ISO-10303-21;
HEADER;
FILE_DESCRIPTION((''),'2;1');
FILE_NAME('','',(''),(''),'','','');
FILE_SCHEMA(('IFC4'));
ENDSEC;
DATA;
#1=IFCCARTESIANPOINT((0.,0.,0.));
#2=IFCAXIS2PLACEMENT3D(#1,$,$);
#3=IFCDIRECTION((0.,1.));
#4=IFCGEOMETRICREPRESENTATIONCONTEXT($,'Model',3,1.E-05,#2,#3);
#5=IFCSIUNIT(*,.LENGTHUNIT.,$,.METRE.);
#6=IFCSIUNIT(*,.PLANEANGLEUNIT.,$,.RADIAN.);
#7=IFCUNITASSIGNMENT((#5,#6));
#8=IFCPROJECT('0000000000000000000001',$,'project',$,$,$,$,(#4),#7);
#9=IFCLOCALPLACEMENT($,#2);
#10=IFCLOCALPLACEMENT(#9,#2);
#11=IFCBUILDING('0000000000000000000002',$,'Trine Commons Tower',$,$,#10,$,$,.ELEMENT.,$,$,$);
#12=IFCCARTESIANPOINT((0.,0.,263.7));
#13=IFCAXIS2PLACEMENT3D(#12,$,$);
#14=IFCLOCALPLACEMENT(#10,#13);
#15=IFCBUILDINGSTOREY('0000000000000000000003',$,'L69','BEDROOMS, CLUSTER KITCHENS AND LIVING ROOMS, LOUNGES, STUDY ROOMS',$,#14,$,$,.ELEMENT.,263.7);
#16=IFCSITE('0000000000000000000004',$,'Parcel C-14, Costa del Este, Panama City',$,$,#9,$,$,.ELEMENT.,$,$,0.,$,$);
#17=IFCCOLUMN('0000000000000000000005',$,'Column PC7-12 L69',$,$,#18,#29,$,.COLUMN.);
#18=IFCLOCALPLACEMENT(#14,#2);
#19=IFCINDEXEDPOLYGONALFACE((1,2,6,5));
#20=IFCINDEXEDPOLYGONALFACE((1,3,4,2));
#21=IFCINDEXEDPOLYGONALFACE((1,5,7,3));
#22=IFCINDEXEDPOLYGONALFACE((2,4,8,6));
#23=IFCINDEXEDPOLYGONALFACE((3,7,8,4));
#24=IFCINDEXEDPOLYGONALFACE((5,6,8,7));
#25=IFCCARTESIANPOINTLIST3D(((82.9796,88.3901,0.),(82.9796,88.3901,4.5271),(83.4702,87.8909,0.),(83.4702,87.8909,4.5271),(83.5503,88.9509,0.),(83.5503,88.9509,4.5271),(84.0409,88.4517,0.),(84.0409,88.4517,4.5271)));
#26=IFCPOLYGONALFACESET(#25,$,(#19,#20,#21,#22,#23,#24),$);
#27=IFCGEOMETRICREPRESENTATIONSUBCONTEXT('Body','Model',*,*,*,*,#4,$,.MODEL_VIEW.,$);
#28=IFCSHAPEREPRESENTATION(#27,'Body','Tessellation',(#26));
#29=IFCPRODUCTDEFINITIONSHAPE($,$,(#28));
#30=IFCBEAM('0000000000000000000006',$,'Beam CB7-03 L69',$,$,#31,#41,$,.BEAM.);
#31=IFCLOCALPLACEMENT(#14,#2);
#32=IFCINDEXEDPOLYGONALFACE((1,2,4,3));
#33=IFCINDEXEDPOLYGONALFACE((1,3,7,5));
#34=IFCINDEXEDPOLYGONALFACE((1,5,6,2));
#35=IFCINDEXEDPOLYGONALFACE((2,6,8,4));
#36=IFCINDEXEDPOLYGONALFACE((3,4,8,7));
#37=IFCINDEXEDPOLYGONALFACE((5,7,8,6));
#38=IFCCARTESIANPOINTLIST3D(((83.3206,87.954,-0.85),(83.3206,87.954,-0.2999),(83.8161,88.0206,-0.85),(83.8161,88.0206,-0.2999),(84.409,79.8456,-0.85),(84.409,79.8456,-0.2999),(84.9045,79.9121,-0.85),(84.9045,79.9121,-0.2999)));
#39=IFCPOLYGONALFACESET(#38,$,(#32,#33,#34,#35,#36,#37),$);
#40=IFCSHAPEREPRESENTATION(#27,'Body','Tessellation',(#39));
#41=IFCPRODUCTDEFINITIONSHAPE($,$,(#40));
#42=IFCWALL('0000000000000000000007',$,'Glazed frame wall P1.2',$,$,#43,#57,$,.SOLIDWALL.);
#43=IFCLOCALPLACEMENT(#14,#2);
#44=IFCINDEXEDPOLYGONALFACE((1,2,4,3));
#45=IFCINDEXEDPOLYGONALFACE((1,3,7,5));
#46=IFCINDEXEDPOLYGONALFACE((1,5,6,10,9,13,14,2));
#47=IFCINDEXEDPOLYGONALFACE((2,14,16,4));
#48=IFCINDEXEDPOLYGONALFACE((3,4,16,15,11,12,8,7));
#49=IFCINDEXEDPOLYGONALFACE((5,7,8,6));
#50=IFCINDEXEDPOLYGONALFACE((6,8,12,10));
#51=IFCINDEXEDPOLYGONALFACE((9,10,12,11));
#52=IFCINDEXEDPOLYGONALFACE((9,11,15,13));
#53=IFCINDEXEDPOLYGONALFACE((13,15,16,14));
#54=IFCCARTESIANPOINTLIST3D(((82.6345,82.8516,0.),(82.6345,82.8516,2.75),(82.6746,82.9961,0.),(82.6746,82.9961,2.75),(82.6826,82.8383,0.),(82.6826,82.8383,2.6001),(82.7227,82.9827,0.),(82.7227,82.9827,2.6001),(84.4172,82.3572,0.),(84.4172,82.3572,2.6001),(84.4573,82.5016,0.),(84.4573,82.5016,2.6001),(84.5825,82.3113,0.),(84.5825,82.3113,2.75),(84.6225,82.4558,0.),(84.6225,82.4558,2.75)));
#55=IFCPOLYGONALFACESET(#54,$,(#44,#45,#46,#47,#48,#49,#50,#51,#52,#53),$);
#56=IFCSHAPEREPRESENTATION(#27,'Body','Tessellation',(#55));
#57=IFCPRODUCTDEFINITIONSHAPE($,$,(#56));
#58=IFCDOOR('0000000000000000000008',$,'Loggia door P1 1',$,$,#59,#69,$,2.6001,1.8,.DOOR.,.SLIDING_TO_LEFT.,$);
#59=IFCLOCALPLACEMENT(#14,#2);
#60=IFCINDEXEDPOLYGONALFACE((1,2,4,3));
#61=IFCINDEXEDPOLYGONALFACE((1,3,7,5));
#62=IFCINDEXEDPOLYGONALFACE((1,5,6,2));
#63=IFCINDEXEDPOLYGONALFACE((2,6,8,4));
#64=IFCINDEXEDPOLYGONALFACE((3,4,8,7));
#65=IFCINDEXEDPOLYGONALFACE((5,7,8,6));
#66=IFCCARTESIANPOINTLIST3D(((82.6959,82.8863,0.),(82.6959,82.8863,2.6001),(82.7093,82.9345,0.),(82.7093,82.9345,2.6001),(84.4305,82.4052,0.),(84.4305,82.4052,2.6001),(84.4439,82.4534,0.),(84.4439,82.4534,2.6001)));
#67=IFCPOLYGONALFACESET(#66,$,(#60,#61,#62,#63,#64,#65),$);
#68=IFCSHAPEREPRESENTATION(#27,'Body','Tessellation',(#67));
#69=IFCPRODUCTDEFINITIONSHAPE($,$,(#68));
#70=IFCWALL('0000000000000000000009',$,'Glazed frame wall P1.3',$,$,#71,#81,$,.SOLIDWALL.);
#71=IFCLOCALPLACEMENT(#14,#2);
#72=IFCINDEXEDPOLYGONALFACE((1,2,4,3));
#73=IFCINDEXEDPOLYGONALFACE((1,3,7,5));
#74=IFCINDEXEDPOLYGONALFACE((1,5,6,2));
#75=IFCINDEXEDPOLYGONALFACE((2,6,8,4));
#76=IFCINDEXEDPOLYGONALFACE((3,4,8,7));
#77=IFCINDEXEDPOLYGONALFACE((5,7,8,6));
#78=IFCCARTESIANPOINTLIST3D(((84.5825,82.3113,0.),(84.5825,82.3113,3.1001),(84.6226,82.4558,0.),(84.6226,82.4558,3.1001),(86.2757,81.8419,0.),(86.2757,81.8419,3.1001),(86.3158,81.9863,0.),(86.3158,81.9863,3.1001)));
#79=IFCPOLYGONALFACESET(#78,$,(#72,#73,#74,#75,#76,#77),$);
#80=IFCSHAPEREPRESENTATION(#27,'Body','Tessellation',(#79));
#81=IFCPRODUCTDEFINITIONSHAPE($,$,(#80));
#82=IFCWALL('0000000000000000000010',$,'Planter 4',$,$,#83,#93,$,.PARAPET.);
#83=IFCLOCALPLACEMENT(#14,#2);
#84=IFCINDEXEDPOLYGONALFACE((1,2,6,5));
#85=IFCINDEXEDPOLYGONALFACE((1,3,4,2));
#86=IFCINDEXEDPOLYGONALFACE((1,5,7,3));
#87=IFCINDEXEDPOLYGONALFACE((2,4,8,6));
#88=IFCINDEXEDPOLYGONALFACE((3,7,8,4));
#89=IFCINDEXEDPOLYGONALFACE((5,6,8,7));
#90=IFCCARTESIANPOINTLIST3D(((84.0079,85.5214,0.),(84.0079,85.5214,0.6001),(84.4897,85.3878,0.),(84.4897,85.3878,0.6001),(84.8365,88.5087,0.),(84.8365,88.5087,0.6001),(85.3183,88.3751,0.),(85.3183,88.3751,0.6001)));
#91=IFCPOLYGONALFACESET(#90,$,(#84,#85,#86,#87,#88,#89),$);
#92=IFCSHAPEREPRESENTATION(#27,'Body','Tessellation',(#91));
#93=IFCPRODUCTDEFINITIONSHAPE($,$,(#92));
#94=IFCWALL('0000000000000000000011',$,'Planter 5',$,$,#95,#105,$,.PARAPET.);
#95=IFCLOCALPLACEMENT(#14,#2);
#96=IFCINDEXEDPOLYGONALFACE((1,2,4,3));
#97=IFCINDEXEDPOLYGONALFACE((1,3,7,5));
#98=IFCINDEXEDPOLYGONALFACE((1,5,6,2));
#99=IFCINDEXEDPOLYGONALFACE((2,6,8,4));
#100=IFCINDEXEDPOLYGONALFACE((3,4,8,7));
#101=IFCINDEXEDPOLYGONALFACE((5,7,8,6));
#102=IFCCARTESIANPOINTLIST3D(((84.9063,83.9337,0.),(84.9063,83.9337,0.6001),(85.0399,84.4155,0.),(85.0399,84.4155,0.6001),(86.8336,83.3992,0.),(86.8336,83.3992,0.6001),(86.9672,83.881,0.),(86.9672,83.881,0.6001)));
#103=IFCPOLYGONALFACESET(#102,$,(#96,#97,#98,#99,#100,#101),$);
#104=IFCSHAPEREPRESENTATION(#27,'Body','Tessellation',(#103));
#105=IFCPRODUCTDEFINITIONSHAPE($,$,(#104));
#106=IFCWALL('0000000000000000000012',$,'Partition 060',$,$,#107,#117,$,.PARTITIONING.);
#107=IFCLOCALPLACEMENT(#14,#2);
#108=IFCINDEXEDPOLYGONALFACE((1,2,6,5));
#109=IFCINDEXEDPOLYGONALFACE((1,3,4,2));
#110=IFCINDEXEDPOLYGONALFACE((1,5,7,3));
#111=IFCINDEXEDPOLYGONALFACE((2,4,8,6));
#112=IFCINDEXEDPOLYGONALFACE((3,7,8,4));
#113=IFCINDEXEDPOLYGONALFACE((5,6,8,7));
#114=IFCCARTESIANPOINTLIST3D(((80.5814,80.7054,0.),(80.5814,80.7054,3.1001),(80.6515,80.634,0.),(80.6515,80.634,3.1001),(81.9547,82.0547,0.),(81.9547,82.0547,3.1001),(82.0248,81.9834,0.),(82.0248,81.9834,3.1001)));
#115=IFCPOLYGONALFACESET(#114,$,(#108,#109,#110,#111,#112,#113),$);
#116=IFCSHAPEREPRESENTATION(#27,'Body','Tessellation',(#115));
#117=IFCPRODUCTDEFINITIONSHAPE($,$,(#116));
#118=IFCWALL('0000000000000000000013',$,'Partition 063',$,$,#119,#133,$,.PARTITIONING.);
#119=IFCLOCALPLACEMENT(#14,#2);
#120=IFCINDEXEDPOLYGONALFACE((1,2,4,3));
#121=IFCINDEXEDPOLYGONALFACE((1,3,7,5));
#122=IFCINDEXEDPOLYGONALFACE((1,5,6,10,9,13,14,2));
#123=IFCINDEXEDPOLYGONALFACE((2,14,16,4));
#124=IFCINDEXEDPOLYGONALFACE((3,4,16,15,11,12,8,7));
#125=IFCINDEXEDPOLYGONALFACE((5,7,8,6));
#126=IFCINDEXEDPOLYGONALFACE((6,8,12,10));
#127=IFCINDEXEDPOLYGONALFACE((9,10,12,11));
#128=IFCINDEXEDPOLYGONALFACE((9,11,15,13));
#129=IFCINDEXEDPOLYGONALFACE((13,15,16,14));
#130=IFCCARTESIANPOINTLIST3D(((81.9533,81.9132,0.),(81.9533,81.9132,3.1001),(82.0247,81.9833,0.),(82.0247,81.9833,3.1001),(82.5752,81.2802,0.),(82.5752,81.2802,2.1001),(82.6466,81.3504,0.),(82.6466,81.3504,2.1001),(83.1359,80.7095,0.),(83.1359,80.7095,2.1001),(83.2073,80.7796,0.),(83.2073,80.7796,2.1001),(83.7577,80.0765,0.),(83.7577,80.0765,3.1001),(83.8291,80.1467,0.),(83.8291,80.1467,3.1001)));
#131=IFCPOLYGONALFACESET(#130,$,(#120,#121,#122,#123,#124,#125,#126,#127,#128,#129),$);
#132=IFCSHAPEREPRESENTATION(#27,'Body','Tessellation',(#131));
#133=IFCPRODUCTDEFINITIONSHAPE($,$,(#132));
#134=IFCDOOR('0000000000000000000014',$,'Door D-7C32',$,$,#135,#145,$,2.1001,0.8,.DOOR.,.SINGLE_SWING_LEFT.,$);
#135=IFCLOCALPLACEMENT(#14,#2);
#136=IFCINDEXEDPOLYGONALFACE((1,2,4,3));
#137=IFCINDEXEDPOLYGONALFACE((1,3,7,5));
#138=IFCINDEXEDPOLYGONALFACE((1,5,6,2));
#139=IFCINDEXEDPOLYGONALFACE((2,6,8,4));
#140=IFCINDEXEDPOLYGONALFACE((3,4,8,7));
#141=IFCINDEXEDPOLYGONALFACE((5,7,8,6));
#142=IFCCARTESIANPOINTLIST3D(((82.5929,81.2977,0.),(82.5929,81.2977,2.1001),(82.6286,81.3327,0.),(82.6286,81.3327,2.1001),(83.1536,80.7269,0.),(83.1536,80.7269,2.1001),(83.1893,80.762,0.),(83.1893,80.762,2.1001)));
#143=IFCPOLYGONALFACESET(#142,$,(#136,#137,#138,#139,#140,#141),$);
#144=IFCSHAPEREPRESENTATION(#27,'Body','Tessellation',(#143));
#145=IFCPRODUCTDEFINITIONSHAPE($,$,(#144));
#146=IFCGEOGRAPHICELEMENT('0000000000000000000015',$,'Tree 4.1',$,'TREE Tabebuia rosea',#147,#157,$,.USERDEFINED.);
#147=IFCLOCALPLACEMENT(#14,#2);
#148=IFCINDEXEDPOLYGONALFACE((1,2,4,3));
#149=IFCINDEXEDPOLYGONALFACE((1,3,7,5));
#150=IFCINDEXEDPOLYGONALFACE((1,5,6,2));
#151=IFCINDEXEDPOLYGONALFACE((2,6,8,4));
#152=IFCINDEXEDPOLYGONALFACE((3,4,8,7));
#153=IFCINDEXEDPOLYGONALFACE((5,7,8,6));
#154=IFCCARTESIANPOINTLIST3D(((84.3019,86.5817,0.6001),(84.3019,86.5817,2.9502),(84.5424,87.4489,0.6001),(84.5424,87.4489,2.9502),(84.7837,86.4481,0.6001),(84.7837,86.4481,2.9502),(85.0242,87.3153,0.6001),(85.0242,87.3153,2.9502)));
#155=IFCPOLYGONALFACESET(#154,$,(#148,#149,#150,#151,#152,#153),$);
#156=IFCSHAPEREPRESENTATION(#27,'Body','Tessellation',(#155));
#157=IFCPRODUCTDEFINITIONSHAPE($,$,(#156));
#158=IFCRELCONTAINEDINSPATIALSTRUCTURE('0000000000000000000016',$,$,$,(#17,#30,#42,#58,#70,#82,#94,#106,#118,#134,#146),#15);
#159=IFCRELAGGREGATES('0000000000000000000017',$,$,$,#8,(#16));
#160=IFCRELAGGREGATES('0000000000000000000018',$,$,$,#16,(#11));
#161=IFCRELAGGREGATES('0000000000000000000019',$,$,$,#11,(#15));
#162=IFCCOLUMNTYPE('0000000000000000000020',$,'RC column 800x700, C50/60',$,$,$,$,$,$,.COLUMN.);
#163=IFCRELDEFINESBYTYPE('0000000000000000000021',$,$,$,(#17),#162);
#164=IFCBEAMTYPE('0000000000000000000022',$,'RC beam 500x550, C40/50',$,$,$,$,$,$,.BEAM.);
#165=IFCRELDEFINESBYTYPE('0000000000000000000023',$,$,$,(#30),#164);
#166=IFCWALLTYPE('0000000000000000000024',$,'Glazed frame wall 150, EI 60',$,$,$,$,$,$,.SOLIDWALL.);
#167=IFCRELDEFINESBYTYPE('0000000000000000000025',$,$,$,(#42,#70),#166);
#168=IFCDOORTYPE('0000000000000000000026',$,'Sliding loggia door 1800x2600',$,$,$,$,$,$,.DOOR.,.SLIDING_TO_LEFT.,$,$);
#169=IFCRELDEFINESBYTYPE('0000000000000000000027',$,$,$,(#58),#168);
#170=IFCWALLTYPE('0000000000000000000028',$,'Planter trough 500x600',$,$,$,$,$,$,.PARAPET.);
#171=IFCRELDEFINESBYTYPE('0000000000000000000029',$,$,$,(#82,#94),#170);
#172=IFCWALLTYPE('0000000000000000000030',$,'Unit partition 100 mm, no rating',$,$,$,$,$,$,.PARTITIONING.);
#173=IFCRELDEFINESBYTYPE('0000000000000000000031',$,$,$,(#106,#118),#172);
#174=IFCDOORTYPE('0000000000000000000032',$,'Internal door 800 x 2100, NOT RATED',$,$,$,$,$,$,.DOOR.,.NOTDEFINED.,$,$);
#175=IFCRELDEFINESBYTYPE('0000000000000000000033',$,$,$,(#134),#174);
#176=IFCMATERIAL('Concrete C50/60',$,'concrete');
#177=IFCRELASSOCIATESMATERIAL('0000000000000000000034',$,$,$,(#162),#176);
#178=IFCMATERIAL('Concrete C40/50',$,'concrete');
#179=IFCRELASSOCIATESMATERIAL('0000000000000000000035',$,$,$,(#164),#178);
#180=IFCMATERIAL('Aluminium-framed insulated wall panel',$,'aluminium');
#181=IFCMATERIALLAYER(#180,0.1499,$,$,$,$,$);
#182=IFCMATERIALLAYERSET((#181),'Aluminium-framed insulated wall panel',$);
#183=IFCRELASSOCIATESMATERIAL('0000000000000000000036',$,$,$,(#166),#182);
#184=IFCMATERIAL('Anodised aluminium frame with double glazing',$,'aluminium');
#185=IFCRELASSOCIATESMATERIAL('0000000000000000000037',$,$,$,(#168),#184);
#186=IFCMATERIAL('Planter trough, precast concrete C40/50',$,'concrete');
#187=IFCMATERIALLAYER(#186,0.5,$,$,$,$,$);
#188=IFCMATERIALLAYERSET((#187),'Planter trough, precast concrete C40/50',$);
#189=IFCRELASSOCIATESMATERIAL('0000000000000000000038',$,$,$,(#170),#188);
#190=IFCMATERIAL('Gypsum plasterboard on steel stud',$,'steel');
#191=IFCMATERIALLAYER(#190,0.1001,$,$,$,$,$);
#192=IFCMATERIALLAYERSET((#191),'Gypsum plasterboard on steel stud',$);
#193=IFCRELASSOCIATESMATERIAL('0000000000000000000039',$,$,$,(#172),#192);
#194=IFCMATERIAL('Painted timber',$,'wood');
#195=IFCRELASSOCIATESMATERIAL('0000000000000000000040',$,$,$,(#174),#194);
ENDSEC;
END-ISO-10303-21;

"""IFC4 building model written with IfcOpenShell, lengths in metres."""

from ifc_helpers import new_model, si_unit, direction, frame, frame_2d, origin, origin_2d, place, context, subcontext, project, spatial, polyline, rectangle, outline, extrude, material, layer, layer_set, material_profile, profile_set, type_object, element, fill, save


model = new_model("IFC4")

# Units and contexts
model_context = context("Model", 3, precision=1e-05, world=origin(), true_north=direction((0.0, 1.0)))
body_context = subcontext(model_context, "Body", "Model", "MODEL_VIEW")
ifc_project = project(units=[si_unit("LENGTHUNIT", "METRE"), si_unit("PLANEANGLEUNIT", "RADIAN")], contexts=[model_context])

# Site, building, storey
site_placement = place(None, origin())
site = spatial("IfcSite", under=ifc_project, at=site_placement, Name="Parcel C-14, Costa del Este, Panama City", CompositionType="ELEMENT", RefElevation=0.0)
building_placement = place(site_placement, origin())
building = spatial("IfcBuilding", under=site, at=building_placement, Name="Trine Commons Tower", CompositionType="ELEMENT")
storey_placement = place(building_placement, frame((0.0, 0.0, 263.7)))
storey = spatial("IfcBuildingStorey", under=building, at=storey_placement, Name="L69", Description="BEDROOMS, CLUSTER KITCHENS AND LIVING ROOMS, LOUNGES, STUDY ROOMS", CompositionType="ELEMENT", Elevation=263.7)

# Column
ifc_material_1 = material(Name="Concrete C50/60", Category="concrete")
ifc_material_profile_1 = material_profile(ifc_material_1, rectangle(XDim=0.8, YDim=0.7, at=origin_2d()), Name="RC 800x700")
ifc_profile_set_1 = profile_set([ifc_material_profile_1], Name="Concrete C50/60")
column_type = type_object("IfcColumnType", Name="RC column 800x700, C50/60", PredefinedType="COLUMN", material=ifc_profile_set_1)
column_placement = place(storey_placement, frame((83.5103, 88.4209, 0.0), z_axis=(0.0, 0.0, 1.0), x_axis=(0.71325, 0.700909, 0.0)))
element("IfcColumn", 1, at=column_placement, inside=storey, type_object=column_type, Name="Column PC7-12 L69", PredefinedType="COLUMN", context=body_context, shape_type="SweptSolid", body=[
    extrude(rectangle(XDim=0.8, YDim=0.7, at=origin_2d()), origin(), (0.0, 0.0, 1.0), 4.5271),
])

# Beam
ifc_material_2 = material(Name="Concrete C40/50", Category="concrete")
ifc_material_profile_2 = material_profile(ifc_material_2, rectangle(XDim=0.5, YDim=0.55, at=origin_2d()), Name="RC 500x550")
ifc_profile_set_2 = profile_set([ifc_material_profile_2], Name="Concrete C40/50")
beam_type = type_object("IfcBeamType", Name="RC beam 500x550, C40/50", PredefinedType="BEAM", material=ifc_profile_set_2)
beam_placement = place(storey_placement, frame((83.5684, 87.9873, -0.575), z_axis=(0.133035, -0.991111, 0.0), x_axis=(0.991111, 0.133035, 0.0)))
element("IfcBeam", 2, at=beam_placement, inside=storey, type_object=beam_type, Name="Beam CB7-03 L69", PredefinedType="BEAM", context=body_context, shape_type="SweptSolid", body=[
    extrude(rectangle(XDim=0.5, YDim=0.55, at=origin_2d()), origin(), (0.0, 0.0, 1.0), 8.1812),
])

# Shared definitions
ifc_material_3 = material(Name="Aluminium-framed insulated wall panel", Category="aluminium")
ifc_layer_1 = layer(ifc_material_3, 0.1499)
ifc_layer_set_1 = layer_set([ifc_layer_1], Name="Aluminium-framed insulated wall panel")
wall_type_1 = type_object("IfcWallType", Name="Glazed frame wall 150, EI 60", PredefinedType="SOLIDWALL", material=ifc_layer_set_1)

# Wall, opening, door
wall_1_placement = place(storey_placement, frame((82.6545, 82.9238, 0.0), z_axis=(0.0, 0.0, 1.0), x_axis=(0.963623, -0.267264, 0.0)))
wall_1 = element("IfcWall", 3, at=wall_1_placement, inside=storey, type_object=wall_type_1, Name="Glazed frame wall P1.2", PredefinedType="SOLIDWALL", context=body_context, shape_type="SweptSolid", body=[
    extrude(outline(polyline([(0.0, -0.075), (2.0215, -0.075), (2.0215, 0.075), (0.0, 0.075), (0.0, -0.075)])), origin(), (0.0, 0.0, 1.0), 2.75),
])
opening_1_placement = place(wall_1_placement, frame((0.05, 0.0, 0.0)))
opening_1 = element("IfcOpeningElement", 4, at=opening_1_placement, cuts=wall_1, PredefinedType="OPENING", context=body_context, shape_type="SweptSolid", body=[
    extrude(rectangle(XDim=1.8, YDim=2.6001, at=frame_2d((0.8999, 1.3))), frame((0.0, 0.085, 0.0), z_axis=(0.0, -1.0, 0.0), x_axis=(1.0, 0.0, 0.0)), (0.0, 0.0, 1.0), 0.1699),
])
ifc_material_4 = material(Name="Anodised aluminium frame with double glazing", Category="aluminium")
door_type_1 = type_object("IfcDoorType", Name="Sliding loggia door 1800x2600", OperationType="SLIDING_TO_LEFT", PredefinedType="DOOR", material=ifc_material_4)
door_1_placement = place(opening_1_placement, origin())
door_1 = element("IfcDoor", 5, at=door_1_placement, inside=storey, type_object=door_type_1, Name="Loggia door P1 1", OperationType="SLIDING_TO_LEFT", OverallHeight=2.6001, OverallWidth=1.8, PredefinedType="DOOR", context=body_context, shape_type="SweptSolid", body=[
    extrude(rectangle(XDim=1.8, YDim=2.6001, at=frame_2d((0.8999, 1.3))), frame((0.0, 0.0249, 0.0), z_axis=(0.0, -1.0, 0.0), x_axis=(1.0, 0.0, 0.0)), (0.0, 0.0, 1.0), 0.05),
])
fill(opening_1, door_1)

# Walls
wall_2_placement = place(storey_placement, frame((84.6025, 82.3835, 0.0), z_axis=(0.0, 0.0, 1.0), x_axis=(0.963649, -0.267171, 0.0)))
element("IfcWall", 6, at=wall_2_placement, inside=storey, type_object=wall_type_1, Name="Glazed frame wall P1.3", PredefinedType="SOLIDWALL", context=body_context, shape_type="SweptSolid", body=[
    extrude(outline(polyline([(0.0, -0.075), (1.7571, -0.075), (1.7571, 0.075), (0.0, 0.075), (0.0, -0.075)])), origin(), (0.0, 0.0, 1.0), 3.1001),
])
ifc_material_5 = material(Name="Planter trough, precast concrete C40/50", Category="concrete")
ifc_layer_2 = layer(ifc_material_5, 0.5)
ifc_layer_set_2 = layer_set([ifc_layer_2], Name="Planter trough, precast concrete C40/50")
wall_type_2 = type_object("IfcWallType", Name="Planter trough 500x600", PredefinedType="PARAPET", material=ifc_layer_set_2)
wall_3_placement = place(storey_placement, frame((85.0774, 88.4419, 0.0), z_axis=(0.0, 0.0, 1.0), x_axis=(-0.267286, -0.963617, 0.0)))
element("IfcWall", 7, at=wall_3_placement, inside=storey, type_object=wall_type_2, Name="Planter 4", PredefinedType="PARAPET", context=body_context, shape_type="SweptSolid", body=[
    extrude(rectangle(XDim=3.1001, YDim=0.5, at=frame_2d((1.55, 0.0))), origin(), (0.0, 0.0, 1.0), 0.6001),
])
wall_4_placement = place(storey_placement, frame((84.9731, 84.1746, 0.0), z_axis=(0.0, 0.0, 1.0), x_axis=(0.963637, -0.267216, 0.0)))
element("IfcWall", 8, at=wall_4_placement, inside=storey, type_object=wall_type_2, Name="Planter 5", PredefinedType="PARAPET", context=body_context, shape_type="SweptSolid", body=[
    extrude(rectangle(XDim=2.0, YDim=0.5, at=frame_2d((1.0, 0.0))), origin(), (0.0, 0.0, 1.0), 0.6001),
])
ifc_material_6 = material(Name="Gypsum plasterboard on steel stud", Category="steel")
ifc_layer_3 = layer(ifc_material_6, 0.1001)
ifc_layer_set_3 = layer_set([ifc_layer_3], Name="Gypsum plasterboard on steel stud")
wall_type_3 = type_object("IfcWallType", Name="Unit partition 100 mm, no rating", PredefinedType="PARTITIONING", material=ifc_layer_set_3)
wall_5_placement = place(storey_placement, frame((80.6165, 80.6697, 0.0), z_axis=(0.0, 0.0, 1.0), x_axis=(0.713293, 0.700866, 0.0)))
element("IfcWall", 9, at=wall_5_placement, inside=storey, type_object=wall_type_3, Name="Partition 060", PredefinedType="PARTITIONING", context=body_context, shape_type="SweptSolid", body=[
    extrude(rectangle(XDim=1.9253, YDim=0.1001, at=frame_2d((0.9626, 0.0))), origin(), (0.0, 0.0, 1.0), 3.1001),
])

# Wall, opening, door
wall_6_placement = place(storey_placement, frame((81.989, 81.9482, 0.0), z_axis=(0.0, 0.0, 1.0), x_axis=(0.700821, -0.713337, 0.0)))
wall_6 = element("IfcWall", 10, at=wall_6_placement, inside=storey, type_object=wall_type_3, Name="Partition 063", PredefinedType="PARTITIONING", context=body_context, shape_type="SweptSolid", body=[
    extrude(rectangle(XDim=2.5747, YDim=0.1001, at=frame_2d((1.2874, 0.0))), origin(), (0.0, 0.0, 1.0), 3.1001),
])
opening_2_placement = place(wall_6_placement, frame((0.8875, 0.0, 0.0)))
opening_2 = element("IfcOpeningElement", 11, at=opening_2_placement, cuts=wall_6, PredefinedType="OPENING", context=body_context, shape_type="SweptSolid", body=[
    extrude(rectangle(XDim=0.8, YDim=2.1001, at=frame_2d((0.3999, 1.05))), frame((0.0, 0.0601, 0.0), z_axis=(0.0, -1.0, 0.0), x_axis=(1.0, 0.0, 0.0)), (0.0, 0.0, 1.0), 0.1201),
])
ifc_material_7 = material(Name="Painted timber", Category="wood")
door_type_2 = type_object("IfcDoorType", Name="Internal door 800 x 2100, NOT RATED", OperationType="NOTDEFINED", PredefinedType="DOOR", material=ifc_material_7)
door_2_placement = place(opening_2_placement, origin())
door_2 = element("IfcDoor", 12, at=door_2_placement, inside=storey, type_object=door_type_2, Name="Door D-7C32", OperationType="SINGLE_SWING_LEFT", OverallHeight=2.1001, OverallWidth=0.8, PredefinedType="DOOR", context=body_context, shape_type="SweptSolid", body=[
    extrude(rectangle(XDim=0.8, YDim=2.1001, at=frame_2d((0.3999, 1.05))), frame((0.0, 0.0249, 0.0), z_axis=(0.0, -1.0, 0.0), x_axis=(1.0, 0.0, 0.0)), (0.0, 0.0, 1.0), 0.05),
])
fill(opening_2, door_2)

# Geographic element
geographic_element_placement = place(storey_placement, frame((84.6631, 86.9485, 0.6001), z_axis=(0.0, 0.0, 1.0), x_axis=(-0.26724, -0.96363, 0.0)))
element("IfcGeographicElement", 13, at=geographic_element_placement, inside=storey, Name="Tree 4.1", ObjectType="TREE Tabebuia rosea", PredefinedType="USERDEFINED", context=body_context, shape_type="SweptSolid", body=[
    extrude(rectangle(XDim=0.8999, YDim=0.5, at=origin_2d()), origin(), (0.0, 0.0, 1.0), 2.3501),
])

save(model, "model.ifc")
